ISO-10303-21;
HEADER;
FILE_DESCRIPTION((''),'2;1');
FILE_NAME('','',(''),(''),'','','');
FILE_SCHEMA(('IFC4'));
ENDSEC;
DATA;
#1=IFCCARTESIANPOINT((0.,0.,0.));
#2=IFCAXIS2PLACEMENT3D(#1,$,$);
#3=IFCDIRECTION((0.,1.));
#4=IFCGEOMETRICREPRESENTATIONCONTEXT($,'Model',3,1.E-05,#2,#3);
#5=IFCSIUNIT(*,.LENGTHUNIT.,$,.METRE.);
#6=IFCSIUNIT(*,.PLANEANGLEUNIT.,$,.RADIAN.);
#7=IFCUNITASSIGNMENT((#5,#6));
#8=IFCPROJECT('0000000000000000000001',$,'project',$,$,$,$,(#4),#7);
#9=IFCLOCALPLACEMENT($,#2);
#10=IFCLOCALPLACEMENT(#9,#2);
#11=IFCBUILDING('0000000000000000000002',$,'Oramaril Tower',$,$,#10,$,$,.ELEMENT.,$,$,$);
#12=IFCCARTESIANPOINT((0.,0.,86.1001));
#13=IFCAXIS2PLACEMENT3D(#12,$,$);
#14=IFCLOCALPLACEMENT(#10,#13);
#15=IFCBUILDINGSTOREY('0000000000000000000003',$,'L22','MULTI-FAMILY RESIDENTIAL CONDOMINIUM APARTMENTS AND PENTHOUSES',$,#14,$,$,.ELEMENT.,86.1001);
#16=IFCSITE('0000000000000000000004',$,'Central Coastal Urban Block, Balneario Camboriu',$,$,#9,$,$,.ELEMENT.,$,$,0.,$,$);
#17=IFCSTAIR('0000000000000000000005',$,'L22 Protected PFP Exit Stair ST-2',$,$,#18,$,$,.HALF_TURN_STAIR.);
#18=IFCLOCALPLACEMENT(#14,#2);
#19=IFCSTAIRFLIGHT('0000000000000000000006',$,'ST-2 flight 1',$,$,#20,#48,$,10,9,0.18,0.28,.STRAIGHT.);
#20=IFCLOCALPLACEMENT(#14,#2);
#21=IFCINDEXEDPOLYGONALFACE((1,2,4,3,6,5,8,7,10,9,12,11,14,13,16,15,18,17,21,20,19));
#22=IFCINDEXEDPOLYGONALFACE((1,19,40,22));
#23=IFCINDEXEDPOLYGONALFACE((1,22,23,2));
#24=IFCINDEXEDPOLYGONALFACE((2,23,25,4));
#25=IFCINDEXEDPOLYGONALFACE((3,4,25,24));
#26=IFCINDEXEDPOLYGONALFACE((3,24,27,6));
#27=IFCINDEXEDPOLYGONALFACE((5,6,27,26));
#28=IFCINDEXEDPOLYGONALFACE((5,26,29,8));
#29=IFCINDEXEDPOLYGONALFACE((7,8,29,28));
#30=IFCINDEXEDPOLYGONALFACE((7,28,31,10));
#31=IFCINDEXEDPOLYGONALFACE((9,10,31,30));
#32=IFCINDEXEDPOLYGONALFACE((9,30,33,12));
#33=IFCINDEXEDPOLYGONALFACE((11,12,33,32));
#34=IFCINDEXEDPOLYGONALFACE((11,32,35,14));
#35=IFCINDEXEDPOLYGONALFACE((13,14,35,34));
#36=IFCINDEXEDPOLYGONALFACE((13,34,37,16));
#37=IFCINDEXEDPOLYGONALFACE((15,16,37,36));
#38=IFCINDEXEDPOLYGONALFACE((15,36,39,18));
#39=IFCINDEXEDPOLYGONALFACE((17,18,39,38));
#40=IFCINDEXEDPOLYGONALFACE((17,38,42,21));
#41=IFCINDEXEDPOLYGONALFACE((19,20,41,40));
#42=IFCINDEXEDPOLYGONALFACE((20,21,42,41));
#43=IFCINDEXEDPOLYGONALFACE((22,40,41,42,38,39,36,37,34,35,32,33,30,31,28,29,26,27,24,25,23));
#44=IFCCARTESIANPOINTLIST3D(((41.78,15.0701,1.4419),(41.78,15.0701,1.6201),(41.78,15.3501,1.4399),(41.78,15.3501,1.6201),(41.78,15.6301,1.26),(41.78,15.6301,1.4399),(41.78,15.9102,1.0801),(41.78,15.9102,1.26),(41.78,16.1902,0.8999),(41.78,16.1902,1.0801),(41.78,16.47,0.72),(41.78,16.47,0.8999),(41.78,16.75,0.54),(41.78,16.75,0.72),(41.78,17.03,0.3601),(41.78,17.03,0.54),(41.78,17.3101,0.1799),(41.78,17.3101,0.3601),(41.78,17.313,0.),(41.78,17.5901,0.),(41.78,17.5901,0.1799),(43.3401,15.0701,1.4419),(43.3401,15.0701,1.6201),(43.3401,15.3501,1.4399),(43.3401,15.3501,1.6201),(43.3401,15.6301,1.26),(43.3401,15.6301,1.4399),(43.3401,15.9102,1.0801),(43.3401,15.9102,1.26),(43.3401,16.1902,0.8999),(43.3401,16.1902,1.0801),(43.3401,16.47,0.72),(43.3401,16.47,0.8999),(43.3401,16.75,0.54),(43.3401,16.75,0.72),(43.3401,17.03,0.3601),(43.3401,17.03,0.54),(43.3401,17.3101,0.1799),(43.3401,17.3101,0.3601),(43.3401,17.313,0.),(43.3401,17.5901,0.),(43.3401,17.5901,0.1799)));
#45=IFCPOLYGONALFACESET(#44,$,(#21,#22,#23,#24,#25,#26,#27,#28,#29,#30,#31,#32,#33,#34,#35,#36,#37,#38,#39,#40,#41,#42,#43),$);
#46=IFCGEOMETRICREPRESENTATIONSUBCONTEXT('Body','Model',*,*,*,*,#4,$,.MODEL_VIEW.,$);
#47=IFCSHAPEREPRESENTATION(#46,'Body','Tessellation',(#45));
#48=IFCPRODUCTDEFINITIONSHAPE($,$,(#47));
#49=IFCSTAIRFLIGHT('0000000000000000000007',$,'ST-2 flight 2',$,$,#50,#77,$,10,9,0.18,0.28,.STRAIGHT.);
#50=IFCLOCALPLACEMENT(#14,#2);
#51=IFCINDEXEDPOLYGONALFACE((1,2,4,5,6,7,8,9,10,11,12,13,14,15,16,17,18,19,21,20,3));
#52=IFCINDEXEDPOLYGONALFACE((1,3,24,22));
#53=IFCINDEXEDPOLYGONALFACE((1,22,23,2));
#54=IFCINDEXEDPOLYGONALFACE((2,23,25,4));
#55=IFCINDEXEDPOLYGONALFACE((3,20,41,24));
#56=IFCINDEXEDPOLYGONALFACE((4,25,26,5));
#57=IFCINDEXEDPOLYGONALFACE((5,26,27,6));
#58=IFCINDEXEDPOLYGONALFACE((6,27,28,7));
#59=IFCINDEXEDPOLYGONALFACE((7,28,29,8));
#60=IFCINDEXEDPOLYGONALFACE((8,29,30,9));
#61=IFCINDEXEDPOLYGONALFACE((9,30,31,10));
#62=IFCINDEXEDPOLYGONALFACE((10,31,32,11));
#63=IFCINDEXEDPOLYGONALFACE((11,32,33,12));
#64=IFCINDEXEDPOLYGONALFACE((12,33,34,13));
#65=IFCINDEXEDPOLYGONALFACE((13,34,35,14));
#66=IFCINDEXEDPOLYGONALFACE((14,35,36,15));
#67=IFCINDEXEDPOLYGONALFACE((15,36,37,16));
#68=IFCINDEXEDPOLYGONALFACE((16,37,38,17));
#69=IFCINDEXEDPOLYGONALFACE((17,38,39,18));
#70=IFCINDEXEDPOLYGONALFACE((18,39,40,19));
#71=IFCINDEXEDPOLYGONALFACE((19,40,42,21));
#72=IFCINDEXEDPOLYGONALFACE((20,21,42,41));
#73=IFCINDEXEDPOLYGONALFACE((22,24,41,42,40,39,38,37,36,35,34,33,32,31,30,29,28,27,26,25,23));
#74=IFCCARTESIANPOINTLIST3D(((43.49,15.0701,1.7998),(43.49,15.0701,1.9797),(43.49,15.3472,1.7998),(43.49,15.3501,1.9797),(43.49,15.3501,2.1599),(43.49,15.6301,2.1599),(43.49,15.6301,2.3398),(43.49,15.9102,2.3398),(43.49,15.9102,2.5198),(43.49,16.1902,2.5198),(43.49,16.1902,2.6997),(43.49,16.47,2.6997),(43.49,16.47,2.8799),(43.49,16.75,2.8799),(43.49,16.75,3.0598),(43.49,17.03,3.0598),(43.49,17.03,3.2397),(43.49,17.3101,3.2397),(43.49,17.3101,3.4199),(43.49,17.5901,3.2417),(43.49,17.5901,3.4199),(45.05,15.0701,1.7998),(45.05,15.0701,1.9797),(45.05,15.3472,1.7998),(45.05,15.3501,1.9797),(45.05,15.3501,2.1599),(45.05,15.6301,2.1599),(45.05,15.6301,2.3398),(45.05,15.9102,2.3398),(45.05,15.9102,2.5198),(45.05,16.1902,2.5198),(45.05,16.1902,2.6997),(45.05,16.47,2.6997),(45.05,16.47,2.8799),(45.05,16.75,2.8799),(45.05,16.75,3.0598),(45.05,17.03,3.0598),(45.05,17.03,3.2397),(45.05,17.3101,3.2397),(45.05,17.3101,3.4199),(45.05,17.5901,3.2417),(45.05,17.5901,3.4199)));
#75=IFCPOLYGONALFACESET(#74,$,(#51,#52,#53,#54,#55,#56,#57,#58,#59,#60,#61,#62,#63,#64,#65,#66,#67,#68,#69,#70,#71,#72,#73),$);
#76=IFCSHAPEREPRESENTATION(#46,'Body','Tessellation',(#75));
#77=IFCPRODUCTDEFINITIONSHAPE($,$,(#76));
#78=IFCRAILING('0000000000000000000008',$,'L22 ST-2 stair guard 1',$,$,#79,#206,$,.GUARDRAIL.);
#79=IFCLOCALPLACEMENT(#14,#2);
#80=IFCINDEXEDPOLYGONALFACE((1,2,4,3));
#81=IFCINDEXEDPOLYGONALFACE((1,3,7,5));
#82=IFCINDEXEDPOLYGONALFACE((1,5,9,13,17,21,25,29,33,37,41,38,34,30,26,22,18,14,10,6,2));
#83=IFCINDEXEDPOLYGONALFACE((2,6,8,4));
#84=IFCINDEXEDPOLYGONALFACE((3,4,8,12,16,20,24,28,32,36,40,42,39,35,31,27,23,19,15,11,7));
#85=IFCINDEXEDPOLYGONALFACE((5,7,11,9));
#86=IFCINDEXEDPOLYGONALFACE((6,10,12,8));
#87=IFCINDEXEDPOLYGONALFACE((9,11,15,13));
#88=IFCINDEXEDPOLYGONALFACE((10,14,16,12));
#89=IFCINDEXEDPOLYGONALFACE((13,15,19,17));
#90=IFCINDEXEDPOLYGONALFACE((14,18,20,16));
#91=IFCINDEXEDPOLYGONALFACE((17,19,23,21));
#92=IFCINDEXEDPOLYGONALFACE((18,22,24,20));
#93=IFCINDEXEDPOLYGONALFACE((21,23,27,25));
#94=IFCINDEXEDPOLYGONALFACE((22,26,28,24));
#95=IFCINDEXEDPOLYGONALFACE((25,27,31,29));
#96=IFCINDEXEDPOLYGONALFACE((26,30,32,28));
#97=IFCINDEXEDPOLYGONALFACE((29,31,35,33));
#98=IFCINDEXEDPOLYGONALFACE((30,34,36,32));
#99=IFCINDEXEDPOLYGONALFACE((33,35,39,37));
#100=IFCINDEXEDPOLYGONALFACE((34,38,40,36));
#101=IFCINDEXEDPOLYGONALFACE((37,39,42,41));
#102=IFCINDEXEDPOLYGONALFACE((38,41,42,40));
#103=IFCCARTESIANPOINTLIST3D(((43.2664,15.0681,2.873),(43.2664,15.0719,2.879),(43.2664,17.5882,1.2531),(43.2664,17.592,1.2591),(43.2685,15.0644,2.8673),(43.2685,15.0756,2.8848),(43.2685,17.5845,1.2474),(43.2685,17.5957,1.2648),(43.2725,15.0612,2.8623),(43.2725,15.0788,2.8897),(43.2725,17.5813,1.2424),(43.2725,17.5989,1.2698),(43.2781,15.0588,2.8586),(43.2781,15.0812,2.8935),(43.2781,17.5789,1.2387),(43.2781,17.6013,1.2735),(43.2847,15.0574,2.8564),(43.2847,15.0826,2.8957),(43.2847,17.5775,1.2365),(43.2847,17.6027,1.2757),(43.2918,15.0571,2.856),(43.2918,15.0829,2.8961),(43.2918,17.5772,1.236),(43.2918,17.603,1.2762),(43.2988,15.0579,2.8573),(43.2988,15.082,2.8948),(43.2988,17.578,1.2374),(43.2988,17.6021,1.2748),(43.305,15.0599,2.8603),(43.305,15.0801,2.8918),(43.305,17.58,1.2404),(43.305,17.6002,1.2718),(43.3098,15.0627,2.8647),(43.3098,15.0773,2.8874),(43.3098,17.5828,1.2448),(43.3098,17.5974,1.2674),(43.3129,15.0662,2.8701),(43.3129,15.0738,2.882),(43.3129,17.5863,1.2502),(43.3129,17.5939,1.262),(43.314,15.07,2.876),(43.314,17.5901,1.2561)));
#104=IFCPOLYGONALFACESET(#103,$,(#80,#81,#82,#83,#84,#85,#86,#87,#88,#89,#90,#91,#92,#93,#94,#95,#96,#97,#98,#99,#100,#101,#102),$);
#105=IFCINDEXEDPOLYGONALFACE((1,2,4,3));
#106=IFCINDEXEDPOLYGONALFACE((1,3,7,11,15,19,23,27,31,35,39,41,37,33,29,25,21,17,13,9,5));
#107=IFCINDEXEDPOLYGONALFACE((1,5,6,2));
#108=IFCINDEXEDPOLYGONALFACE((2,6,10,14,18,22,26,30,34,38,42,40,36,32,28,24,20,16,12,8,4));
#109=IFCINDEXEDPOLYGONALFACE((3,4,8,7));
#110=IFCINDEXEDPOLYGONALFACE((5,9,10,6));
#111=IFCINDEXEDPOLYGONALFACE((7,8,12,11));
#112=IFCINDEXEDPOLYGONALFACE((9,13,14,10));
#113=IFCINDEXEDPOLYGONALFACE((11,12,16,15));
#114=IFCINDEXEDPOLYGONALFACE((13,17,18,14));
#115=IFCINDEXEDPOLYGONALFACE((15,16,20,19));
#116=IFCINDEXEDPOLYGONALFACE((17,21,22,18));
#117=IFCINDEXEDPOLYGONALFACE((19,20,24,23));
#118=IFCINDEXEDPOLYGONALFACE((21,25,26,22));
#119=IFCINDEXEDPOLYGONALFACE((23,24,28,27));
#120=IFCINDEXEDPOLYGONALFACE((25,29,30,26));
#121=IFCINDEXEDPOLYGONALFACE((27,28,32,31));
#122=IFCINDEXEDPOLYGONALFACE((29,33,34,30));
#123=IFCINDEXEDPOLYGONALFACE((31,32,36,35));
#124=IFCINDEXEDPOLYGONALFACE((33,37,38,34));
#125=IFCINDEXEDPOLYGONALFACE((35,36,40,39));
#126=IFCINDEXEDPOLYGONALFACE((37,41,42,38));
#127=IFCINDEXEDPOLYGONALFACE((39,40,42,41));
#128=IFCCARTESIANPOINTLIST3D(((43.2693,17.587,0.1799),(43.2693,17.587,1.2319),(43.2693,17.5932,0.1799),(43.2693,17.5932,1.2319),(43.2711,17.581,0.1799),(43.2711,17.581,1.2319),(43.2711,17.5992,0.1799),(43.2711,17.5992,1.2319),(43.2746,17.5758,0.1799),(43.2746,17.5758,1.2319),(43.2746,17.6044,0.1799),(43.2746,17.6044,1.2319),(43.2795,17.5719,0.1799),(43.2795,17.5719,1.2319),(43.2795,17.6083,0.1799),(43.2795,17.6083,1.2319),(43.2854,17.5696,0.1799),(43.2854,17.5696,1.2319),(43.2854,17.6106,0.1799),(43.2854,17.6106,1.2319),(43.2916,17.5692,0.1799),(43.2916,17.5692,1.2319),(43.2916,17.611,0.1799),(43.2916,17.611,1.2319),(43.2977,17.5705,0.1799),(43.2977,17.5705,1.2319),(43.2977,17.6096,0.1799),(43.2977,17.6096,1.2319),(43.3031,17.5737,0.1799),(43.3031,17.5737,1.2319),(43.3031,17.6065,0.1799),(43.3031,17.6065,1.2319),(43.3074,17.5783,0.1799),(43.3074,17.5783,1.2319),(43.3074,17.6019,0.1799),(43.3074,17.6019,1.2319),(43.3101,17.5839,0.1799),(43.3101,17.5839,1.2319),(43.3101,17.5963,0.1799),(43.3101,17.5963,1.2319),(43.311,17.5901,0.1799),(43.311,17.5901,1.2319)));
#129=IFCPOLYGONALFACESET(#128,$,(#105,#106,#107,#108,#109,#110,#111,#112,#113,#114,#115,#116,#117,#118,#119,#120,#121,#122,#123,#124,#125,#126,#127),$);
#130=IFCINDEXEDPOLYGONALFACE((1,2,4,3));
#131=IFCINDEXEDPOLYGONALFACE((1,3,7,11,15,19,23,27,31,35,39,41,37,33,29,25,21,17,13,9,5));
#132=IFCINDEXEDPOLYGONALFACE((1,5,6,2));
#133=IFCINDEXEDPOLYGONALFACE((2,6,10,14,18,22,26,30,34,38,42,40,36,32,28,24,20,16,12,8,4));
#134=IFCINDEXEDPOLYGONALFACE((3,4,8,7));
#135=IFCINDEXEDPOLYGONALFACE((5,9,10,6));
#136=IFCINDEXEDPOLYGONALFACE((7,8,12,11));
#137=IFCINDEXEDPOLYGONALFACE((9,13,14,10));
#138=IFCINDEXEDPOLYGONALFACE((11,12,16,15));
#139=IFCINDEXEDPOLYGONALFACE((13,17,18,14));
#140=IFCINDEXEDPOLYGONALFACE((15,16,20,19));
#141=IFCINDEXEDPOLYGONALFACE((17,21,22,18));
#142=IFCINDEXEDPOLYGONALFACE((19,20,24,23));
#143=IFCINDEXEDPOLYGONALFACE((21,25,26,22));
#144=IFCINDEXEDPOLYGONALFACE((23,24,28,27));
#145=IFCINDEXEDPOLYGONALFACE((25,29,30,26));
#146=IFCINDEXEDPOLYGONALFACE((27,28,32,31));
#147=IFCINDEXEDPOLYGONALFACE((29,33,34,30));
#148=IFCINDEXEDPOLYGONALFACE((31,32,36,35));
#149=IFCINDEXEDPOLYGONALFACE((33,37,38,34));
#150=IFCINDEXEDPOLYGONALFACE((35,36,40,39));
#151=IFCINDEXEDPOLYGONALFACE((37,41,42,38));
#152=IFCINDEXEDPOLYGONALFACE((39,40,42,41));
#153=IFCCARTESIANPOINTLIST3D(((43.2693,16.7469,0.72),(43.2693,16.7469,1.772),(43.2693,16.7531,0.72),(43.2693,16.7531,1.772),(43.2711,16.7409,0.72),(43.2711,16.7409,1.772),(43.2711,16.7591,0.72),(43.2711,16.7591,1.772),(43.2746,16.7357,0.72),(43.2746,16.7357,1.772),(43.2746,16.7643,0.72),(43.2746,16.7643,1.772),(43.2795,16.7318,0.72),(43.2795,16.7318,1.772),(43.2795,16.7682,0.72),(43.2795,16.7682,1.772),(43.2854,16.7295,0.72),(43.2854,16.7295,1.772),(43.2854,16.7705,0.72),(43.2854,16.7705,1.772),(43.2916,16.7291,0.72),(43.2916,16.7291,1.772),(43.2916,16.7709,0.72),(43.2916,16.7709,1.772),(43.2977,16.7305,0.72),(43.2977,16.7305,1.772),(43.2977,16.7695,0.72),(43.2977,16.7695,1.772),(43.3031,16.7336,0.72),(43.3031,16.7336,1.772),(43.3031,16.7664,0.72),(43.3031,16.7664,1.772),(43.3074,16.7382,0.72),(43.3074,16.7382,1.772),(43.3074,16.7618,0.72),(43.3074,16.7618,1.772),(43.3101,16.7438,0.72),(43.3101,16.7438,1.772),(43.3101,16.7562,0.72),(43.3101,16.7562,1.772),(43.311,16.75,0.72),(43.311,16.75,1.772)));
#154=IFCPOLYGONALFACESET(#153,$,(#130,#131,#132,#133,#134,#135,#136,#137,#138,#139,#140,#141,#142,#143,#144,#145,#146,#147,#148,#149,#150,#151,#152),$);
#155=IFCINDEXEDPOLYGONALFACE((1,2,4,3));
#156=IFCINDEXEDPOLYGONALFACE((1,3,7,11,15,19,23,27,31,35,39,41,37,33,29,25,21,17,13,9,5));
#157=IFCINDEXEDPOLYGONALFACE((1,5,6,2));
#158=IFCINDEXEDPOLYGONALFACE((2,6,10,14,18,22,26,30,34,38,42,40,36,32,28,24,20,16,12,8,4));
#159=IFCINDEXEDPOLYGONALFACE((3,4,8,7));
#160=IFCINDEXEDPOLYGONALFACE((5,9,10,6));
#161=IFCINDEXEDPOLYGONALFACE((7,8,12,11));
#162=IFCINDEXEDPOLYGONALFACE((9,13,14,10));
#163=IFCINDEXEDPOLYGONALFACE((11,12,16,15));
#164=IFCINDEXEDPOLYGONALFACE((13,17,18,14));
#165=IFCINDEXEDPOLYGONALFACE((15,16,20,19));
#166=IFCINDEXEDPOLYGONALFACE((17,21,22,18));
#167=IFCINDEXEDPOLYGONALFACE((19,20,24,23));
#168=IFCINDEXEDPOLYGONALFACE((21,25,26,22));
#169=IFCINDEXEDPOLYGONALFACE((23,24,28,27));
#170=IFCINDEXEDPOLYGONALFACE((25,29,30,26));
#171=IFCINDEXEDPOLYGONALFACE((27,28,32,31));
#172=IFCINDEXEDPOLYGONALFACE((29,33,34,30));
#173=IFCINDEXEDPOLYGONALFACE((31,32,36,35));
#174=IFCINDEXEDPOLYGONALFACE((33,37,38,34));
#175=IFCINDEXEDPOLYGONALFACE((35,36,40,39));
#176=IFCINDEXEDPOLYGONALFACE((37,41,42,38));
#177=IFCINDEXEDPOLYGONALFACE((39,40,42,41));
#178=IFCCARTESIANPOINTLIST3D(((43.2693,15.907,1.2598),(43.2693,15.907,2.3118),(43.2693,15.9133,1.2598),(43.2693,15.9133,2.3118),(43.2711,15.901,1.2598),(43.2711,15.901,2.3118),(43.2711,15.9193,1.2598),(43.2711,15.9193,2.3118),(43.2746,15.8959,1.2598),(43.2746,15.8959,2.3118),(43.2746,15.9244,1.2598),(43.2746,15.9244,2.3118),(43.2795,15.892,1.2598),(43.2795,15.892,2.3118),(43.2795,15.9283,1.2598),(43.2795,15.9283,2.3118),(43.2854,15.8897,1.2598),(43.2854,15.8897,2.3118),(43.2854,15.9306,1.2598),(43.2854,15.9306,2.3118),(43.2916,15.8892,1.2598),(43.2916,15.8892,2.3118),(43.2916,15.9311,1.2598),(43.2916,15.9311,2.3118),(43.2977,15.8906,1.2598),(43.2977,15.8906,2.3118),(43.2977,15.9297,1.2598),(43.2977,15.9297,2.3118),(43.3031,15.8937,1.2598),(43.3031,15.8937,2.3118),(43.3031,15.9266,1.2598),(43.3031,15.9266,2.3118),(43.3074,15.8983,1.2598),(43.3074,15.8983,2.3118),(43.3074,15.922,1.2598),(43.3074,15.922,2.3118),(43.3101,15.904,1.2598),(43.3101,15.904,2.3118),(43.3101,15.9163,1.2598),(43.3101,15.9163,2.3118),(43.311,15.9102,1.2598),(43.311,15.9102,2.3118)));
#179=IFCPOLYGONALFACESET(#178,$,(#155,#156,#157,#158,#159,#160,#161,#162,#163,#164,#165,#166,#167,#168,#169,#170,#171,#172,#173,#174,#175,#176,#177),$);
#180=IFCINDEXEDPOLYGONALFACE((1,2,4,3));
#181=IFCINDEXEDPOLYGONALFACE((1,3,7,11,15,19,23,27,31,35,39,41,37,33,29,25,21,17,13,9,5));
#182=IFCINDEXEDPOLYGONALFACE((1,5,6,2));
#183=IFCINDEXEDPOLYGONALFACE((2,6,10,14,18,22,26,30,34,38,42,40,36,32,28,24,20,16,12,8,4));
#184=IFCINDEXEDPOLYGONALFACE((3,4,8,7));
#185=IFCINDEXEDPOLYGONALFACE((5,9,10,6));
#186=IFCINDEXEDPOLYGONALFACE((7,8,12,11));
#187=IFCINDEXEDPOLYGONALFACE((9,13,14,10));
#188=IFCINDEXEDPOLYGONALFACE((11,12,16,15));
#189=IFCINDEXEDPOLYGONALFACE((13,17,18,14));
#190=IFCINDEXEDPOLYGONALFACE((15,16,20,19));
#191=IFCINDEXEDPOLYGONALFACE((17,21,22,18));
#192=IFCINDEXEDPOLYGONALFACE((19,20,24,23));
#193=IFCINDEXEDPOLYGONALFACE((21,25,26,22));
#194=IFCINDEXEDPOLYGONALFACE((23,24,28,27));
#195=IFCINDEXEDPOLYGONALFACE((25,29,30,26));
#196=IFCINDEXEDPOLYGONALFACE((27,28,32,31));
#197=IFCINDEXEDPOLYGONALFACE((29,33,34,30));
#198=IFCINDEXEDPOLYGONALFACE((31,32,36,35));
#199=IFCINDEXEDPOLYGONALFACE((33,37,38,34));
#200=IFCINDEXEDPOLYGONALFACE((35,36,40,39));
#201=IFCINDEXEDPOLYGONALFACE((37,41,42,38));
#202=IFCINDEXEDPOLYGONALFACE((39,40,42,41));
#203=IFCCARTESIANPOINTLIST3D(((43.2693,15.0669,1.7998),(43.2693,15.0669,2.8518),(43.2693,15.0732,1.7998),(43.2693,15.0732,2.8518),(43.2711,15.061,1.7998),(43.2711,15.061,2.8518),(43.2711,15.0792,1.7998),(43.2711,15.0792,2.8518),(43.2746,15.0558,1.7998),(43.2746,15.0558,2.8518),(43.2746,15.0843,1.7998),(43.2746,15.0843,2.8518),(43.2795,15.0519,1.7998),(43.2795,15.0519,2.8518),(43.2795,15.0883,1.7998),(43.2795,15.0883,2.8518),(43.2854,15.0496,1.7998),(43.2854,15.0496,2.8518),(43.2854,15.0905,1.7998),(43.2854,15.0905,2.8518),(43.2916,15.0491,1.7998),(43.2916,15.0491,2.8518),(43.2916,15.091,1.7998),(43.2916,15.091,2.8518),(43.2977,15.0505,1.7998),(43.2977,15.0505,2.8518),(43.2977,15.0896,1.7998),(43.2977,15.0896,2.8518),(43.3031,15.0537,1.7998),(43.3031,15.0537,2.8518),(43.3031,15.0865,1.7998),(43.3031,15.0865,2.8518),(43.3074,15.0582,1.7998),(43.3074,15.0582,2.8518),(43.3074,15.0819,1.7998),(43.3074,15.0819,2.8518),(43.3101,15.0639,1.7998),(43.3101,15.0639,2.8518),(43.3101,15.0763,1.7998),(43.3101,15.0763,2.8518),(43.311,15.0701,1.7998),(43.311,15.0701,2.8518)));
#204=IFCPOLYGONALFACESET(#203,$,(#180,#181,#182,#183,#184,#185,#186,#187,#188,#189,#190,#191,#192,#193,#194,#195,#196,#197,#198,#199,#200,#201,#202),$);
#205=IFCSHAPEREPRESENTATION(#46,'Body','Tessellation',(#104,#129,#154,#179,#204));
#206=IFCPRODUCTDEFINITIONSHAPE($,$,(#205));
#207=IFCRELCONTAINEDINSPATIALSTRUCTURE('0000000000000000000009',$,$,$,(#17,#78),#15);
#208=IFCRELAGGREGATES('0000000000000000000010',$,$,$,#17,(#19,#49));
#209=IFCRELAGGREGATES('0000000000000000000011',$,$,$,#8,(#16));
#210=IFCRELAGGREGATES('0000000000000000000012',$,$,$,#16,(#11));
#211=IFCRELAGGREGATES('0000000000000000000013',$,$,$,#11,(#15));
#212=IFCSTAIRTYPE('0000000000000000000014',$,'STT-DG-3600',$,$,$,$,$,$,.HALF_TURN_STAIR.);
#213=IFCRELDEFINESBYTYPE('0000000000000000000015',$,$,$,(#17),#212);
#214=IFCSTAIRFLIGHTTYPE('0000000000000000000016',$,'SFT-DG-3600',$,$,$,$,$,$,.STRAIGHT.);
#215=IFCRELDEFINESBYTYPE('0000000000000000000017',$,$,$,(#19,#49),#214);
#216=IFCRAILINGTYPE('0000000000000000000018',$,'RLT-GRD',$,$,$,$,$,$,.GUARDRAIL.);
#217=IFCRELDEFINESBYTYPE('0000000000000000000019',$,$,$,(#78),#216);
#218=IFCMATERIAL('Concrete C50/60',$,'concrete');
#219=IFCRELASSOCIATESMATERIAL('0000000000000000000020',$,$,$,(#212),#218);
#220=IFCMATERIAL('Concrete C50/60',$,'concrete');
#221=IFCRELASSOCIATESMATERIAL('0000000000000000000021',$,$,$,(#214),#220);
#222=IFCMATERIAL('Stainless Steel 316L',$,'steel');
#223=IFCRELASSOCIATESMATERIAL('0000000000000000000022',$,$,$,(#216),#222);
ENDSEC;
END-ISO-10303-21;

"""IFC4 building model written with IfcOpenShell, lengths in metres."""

from ifc_helpers import new_model, si_unit, direction, frame, origin, origin_2d, place, context, subcontext, project, spatial, polyline, circle, outline, extrude, material, type_object, element, aggregate, save


model = new_model("IFC4")

# Units and contexts
model_context = context("Model", 3, precision=1e-05, world=origin(), true_north=direction((0.0, 1.0)))
body_context = subcontext(model_context, "Body", "Model", "MODEL_VIEW")
ifc_project = project(units=[si_unit("LENGTHUNIT", "METRE"), si_unit("PLANEANGLEUNIT", "RADIAN")], contexts=[model_context])

# Site, building, storey
site_placement = place(None, origin())
site = spatial("IfcSite", under=ifc_project, at=site_placement, Name="Central Coastal Urban Block, Balneario Camboriu", CompositionType="ELEMENT", RefElevation=0.0)
building_placement = place(site_placement, origin())
building = spatial("IfcBuilding", under=site, at=building_placement, Name="Oramaril Tower", CompositionType="ELEMENT")
storey_placement = place(building_placement, frame((0.0, 0.0, 86.1001)))
storey = spatial("IfcBuildingStorey", under=building, at=storey_placement, Name="L22", Description="MULTI-FAMILY RESIDENTIAL CONDOMINIUM APARTMENTS AND PENTHOUSES", CompositionType="ELEMENT", Elevation=86.1001)

# Stair, stair flights
ifc_material_1 = material(Name="Concrete C50/60", Category="concrete")
stair_type = type_object("IfcStairType", Name="STT-DG-3600", PredefinedType="HALF_TURN_STAIR", material=ifc_material_1)
stair_placement = place(storey_placement, origin())
stair = element("IfcStair", 1, at=stair_placement, inside=storey, type_object=stair_type, Name="L22 Protected PFP Exit Stair ST-2", PredefinedType="HALF_TURN_STAIR")
ifc_material_2 = material(Name="Concrete C50/60", Category="concrete")
stair_flight_type = type_object("IfcStairFlightType", Name="SFT-DG-3600", PredefinedType="STRAIGHT", material=ifc_material_2)
stair_flight_1_placement = place(storey_placement, frame((42.5601, 17.5901, 0.0), z_axis=(0.0, 0.0, 1.0), x_axis=(0.0, -1.0, 0.0)))
stair_flight_1 = element("IfcStairFlight", 2, at=stair_flight_1_placement, type_object=stair_flight_type, Name="ST-2 flight 1", NumberOfRisers=10, NumberOfTreads=9, PredefinedType="STRAIGHT", RiserHeight=0.18, TreadLength=0.28, context=body_context, shape_type="SweptSolid", body=[
    extrude(outline(polyline([(0.0, 0.0), (0.0, 0.1799), (0.28, 0.1799), (0.28, 0.3601), (0.5601, 0.3601), (0.5601, 0.54), (0.8401, 0.54), (0.8401, 0.72), (1.1201, 0.72), (1.1201, 0.8999), (1.3999, 0.8999), (1.3999, 1.0801), (1.6799, 1.0801), (1.6799, 1.26), (1.96, 1.26), (1.96, 1.4399), (2.24, 1.4399), (2.24, 1.6201), (2.52, 1.6201), (2.52, 1.8), (2.52, 1.4419), (0.2771, 0.0), (0.0, 0.0)])), frame((0.0, 0.78, 0.0), z_axis=(0.0, -1.0, 0.0), x_axis=(1.0, 0.0, 0.0)), (0.0, 0.0, 1.0), 1.5601),
])
stair_flight_2_placement = place(storey_placement, frame((44.27, 15.0701, 1.7998), z_axis=(0.0, 0.0, 1.0), x_axis=(0.0, 1.0, 0.0)))
stair_flight_2 = element("IfcStairFlight", 3, at=stair_flight_2_placement, type_object=stair_flight_type, Name="ST-2 flight 2", NumberOfRisers=10, NumberOfTreads=9, PredefinedType="STRAIGHT", RiserHeight=0.18, TreadLength=0.28, context=body_context, shape_type="SweptSolid", body=[
    extrude(outline(polyline([(0.0, 0.0), (0.0, 0.1799), (0.28, 0.1799), (0.28, 0.3601), (0.5601, 0.3601), (0.5601, 0.54), (0.8401, 0.54), (0.8401, 0.72), (1.1201, 0.72), (1.1201, 0.8999), (1.3999, 0.8999), (1.3999, 1.0801), (1.6799, 1.0801), (1.6799, 1.26), (1.96, 1.26), (1.96, 1.4399), (2.24, 1.4399), (2.24, 1.6201), (2.52, 1.6201), (2.52, 1.8), (2.52, 1.4419), (0.2771, 0.0), (0.0, 0.0)])), frame((0.0, 0.78, 0.0), z_axis=(0.0, -1.0, 0.0), x_axis=(1.0, 0.0, 0.0)), (0.0, 0.0, 1.0), 1.5601),
])
aggregate(stair, [stair_flight_1, stair_flight_2])

# Railing
ifc_material_3 = material(Name="Stainless Steel 316L", Category="steel")
railing_type_1 = type_object("IfcRailingType", Name="RLT-GRD", PredefinedType="GUARDRAIL", material=ifc_material_3)
railing_1_placement = place(storey_placement, frame((43.29, 17.5901, 0.1799)))
element("IfcRailing", 4, at=railing_1_placement, inside=storey, type_object=railing_type_1, Name="L22 ST-2 stair guard 1", PredefinedType="GUARDRAIL", context=body_context, shape_type="SweptSolid", body=[
    extrude(circle(Radius=0.0239, at=origin_2d()), frame((0.0, 0.0, 1.0762), z_axis=(0.0, -0.8412, 0.540725), x_axis=(1.0, 0.0, 0.0)), (0.0, 0.0, 1.0), 2.9958),
    extrude(circle(Radius=0.021, at=origin_2d()), origin(), (0.0, 0.0, 1.0), 1.052),
    extrude(circle(Radius=0.021, at=origin_2d()), frame((0.0, -0.8401, 0.54)), (0.0, 0.0, 1.0), 1.052),
    extrude(circle(Radius=0.021, at=origin_2d()), frame((0.0, -1.6799, 1.0798)), (0.0, 0.0, 1.0), 1.052),
    extrude(circle(Radius=0.021, at=origin_2d()), frame((0.0, -2.52, 1.6199)), (0.0, 0.0, 1.0), 1.052),
])

save(model, "model.ifc")
